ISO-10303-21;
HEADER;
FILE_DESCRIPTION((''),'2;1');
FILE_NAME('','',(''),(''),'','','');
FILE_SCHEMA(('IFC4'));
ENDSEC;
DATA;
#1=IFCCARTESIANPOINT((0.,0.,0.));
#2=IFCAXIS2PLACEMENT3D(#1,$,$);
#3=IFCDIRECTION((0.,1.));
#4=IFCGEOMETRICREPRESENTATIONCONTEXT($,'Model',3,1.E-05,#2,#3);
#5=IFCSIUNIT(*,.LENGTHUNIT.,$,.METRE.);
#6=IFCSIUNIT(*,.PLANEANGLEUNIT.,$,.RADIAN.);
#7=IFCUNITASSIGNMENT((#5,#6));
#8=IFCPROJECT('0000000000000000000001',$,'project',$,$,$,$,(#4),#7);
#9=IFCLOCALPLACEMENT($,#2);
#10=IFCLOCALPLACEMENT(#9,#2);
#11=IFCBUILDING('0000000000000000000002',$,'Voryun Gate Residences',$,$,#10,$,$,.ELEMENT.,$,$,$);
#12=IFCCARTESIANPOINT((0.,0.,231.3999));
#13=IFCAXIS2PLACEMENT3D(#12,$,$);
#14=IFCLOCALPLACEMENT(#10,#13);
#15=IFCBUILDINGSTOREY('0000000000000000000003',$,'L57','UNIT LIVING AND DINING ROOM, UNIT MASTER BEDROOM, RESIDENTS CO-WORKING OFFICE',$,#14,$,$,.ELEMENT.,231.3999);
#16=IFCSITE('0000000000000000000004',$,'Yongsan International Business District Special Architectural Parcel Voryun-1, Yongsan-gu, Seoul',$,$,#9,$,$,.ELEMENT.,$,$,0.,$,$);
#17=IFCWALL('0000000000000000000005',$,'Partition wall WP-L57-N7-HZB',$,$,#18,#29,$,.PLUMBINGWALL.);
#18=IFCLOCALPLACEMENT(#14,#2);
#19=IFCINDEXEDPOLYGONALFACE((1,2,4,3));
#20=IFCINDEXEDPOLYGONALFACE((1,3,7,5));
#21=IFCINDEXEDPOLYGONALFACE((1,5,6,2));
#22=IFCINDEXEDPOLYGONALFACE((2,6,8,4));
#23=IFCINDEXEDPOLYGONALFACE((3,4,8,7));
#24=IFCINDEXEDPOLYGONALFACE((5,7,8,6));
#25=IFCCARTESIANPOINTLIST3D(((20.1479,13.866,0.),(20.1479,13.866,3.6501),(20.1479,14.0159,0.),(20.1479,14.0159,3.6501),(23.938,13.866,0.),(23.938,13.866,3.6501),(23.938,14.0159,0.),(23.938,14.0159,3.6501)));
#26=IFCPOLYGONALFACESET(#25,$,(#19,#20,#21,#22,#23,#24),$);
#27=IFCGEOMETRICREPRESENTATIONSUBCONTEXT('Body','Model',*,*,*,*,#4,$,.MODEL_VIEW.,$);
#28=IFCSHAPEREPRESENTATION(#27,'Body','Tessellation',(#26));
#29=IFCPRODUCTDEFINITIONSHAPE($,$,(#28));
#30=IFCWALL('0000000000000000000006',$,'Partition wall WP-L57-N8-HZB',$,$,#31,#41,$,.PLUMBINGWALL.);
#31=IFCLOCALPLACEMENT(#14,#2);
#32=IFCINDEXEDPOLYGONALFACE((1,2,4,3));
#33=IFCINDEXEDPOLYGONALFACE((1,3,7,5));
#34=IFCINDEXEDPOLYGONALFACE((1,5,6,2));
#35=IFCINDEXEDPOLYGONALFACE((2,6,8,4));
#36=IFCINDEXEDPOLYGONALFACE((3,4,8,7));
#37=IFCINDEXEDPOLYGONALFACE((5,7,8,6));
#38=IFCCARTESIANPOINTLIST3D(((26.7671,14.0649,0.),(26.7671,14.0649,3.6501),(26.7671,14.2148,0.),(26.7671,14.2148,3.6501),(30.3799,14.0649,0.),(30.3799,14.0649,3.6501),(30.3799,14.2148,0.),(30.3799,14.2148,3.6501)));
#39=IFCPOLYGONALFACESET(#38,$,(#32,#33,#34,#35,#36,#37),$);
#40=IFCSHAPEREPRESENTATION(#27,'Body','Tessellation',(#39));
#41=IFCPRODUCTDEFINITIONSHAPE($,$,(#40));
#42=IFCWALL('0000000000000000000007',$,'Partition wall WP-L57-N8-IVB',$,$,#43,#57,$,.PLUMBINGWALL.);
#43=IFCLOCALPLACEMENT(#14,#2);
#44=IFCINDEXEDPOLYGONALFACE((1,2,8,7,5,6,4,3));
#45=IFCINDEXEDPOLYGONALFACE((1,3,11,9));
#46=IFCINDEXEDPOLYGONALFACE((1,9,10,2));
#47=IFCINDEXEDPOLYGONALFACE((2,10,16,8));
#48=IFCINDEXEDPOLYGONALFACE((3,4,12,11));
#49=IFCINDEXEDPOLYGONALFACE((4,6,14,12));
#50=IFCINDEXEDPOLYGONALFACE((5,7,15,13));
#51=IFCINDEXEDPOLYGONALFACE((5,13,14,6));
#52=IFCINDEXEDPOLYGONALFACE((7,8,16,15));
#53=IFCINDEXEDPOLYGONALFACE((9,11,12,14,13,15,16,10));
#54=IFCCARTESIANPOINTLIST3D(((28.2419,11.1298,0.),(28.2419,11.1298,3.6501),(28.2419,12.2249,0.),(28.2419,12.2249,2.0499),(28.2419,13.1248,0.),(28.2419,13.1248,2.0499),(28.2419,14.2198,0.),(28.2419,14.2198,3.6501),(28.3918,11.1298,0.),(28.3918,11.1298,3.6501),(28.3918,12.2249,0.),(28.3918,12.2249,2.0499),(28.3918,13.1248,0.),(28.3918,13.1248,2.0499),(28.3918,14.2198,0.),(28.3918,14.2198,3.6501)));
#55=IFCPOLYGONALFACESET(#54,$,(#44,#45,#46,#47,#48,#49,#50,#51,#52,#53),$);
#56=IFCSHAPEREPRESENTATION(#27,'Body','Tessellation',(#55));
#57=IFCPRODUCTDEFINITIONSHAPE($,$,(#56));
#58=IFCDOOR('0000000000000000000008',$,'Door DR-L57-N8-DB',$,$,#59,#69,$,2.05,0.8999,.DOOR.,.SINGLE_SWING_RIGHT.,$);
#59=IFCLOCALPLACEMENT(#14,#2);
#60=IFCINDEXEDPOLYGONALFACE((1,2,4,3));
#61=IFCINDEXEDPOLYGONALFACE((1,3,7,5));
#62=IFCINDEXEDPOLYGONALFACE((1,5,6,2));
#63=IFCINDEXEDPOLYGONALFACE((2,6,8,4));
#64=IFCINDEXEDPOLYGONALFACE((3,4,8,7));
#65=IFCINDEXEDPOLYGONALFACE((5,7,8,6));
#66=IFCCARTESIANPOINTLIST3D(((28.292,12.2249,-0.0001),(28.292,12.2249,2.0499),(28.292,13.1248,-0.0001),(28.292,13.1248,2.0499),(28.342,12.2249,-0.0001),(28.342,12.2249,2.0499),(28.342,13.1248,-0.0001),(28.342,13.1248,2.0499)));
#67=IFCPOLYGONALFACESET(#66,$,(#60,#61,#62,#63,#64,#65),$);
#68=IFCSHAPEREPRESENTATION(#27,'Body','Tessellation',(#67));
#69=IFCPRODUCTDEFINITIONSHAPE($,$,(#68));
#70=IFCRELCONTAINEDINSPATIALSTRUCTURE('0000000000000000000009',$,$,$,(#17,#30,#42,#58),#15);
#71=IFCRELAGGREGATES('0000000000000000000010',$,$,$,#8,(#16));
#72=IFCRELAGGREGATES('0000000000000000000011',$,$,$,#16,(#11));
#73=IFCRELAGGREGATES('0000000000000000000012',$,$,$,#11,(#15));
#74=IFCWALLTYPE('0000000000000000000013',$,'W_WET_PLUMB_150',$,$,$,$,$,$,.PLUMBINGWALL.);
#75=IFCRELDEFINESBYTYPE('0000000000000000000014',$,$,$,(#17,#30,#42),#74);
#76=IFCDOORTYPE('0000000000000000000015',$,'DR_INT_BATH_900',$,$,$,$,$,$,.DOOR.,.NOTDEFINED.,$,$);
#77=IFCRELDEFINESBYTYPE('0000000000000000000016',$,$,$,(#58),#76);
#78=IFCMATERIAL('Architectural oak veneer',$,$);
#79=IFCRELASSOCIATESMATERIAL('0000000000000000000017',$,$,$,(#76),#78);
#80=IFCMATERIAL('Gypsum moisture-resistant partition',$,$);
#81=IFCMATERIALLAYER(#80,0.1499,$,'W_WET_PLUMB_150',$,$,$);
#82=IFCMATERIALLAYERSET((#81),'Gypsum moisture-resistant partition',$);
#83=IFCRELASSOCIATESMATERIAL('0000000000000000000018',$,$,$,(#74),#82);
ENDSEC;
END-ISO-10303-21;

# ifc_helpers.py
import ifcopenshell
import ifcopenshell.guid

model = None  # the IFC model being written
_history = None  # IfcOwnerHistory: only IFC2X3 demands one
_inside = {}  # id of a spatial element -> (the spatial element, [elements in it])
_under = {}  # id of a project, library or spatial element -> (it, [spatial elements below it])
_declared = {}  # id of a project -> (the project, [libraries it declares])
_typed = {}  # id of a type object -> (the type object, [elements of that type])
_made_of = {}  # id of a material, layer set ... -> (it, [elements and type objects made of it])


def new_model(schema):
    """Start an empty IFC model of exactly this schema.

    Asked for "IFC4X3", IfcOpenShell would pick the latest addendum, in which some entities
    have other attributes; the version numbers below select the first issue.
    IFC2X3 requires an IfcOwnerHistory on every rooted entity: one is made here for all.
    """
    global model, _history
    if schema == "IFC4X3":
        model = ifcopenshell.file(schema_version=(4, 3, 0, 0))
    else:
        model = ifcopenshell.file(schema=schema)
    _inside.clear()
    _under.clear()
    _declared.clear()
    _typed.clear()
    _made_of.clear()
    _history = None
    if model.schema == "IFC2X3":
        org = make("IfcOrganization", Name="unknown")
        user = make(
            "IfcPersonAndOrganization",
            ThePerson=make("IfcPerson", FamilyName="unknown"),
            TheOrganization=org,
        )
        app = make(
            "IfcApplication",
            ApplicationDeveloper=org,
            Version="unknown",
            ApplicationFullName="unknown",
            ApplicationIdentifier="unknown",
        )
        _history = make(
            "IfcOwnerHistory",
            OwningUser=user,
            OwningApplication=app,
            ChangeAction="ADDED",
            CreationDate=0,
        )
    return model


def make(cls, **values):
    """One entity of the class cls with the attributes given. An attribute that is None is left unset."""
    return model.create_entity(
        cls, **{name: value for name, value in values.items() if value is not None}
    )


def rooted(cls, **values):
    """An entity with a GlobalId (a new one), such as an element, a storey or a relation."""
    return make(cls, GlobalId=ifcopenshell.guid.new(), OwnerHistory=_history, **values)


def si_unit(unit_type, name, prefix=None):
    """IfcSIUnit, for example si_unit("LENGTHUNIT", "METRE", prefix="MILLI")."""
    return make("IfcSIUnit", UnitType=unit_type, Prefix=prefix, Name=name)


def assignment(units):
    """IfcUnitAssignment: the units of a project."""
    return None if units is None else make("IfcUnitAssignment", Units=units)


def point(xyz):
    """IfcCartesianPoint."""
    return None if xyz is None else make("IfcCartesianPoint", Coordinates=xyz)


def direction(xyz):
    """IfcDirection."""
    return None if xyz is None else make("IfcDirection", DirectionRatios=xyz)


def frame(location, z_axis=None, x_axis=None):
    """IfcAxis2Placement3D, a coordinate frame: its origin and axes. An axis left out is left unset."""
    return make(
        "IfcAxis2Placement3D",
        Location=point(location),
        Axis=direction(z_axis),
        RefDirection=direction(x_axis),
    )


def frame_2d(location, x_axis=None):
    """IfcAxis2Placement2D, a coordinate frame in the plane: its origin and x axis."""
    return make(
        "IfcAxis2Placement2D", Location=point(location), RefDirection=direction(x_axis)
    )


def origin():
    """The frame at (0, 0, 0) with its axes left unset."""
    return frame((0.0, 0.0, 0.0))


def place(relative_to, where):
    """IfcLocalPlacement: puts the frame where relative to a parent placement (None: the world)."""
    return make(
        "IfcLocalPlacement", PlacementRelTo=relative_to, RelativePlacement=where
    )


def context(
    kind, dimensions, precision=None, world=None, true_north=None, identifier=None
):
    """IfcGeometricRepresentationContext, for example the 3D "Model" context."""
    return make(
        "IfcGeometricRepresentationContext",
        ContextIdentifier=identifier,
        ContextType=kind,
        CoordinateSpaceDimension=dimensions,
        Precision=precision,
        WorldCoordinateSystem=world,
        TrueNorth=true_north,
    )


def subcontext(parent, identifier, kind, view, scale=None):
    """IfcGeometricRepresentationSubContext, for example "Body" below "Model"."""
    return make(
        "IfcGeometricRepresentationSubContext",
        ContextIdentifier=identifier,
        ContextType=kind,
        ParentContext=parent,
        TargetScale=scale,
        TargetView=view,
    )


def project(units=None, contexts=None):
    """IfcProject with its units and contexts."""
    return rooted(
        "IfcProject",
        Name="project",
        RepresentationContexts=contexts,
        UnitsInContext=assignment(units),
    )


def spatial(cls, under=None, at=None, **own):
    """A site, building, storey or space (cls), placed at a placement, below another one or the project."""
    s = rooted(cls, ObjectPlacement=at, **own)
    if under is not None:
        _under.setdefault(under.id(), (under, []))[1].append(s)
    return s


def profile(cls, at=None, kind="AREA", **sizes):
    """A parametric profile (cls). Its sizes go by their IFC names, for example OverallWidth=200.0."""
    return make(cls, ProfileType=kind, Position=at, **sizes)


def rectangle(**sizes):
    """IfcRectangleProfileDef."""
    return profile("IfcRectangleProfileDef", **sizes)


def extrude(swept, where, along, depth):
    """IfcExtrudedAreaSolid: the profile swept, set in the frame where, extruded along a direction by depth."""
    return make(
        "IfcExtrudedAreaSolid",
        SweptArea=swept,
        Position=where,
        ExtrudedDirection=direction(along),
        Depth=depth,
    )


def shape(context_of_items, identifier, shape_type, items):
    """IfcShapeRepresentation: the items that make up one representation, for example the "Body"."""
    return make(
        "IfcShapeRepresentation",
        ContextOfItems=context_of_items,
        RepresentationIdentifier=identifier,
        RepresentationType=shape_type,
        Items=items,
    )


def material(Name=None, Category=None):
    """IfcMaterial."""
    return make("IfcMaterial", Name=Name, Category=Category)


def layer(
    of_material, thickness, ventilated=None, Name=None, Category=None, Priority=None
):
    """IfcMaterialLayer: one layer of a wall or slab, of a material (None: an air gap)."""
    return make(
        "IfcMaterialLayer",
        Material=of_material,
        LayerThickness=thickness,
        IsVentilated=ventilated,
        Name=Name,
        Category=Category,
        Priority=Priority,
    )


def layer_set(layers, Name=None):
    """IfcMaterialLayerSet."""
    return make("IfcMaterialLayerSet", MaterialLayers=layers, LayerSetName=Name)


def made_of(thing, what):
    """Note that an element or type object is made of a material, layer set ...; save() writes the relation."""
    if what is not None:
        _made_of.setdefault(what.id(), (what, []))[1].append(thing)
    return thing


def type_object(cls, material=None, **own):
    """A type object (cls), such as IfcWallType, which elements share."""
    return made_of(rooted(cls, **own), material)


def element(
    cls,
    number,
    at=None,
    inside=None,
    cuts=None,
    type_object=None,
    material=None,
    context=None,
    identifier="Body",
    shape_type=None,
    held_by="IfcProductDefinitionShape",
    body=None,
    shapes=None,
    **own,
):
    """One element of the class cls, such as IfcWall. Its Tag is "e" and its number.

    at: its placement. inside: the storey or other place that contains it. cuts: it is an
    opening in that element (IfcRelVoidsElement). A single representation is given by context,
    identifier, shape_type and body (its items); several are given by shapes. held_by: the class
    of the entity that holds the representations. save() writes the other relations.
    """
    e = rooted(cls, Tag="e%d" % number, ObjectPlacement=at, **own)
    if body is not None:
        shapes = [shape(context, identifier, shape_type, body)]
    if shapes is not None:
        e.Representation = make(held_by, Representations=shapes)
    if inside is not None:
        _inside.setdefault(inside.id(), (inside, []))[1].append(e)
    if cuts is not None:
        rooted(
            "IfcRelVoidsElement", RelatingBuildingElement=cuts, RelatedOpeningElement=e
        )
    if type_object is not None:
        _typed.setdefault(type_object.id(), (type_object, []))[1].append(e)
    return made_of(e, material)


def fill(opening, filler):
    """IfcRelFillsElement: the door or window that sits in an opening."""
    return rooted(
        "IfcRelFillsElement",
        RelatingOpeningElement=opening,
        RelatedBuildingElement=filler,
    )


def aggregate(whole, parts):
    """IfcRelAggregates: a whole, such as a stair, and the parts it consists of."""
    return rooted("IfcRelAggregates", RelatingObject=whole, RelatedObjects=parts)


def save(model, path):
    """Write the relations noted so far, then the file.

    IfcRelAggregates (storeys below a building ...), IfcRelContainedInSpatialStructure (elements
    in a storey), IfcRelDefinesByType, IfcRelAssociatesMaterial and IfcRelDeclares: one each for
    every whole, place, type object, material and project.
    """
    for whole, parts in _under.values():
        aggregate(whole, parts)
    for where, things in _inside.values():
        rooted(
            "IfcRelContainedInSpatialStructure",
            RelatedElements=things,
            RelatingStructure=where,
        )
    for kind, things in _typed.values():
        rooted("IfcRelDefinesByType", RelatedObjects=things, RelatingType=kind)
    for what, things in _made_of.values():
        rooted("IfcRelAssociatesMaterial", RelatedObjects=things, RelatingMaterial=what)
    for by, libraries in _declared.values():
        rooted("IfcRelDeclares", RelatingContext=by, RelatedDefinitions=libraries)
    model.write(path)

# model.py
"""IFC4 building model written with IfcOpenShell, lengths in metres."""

from ifc_helpers import new_model, si_unit, direction, frame, frame_2d, origin, place, context, subcontext, project, spatial, rectangle, extrude, material, layer, layer_set, type_object, element, fill, save


model = new_model("IFC4")

# Units and contexts
model_context = context("Model", 3, precision=1e-05, world=origin(), true_north=direction((0.0, 1.0)))
body_context = subcontext(model_context, "Body", "Model", "MODEL_VIEW")
ifc_project = project(units=[si_unit("LENGTHUNIT", "METRE"), si_unit("PLANEANGLEUNIT", "RADIAN")], contexts=[model_context])

# Site, building, storey
site_placement = place(None, origin())
site = spatial("IfcSite", under=ifc_project, at=site_placement, Name="Yongsan International Business District Special Architectural Parcel Voryun-1, Yongsan-gu, Seoul", CompositionType="ELEMENT", RefElevation=0.0)
building_placement = place(site_placement, origin())
building = spatial("IfcBuilding", under=site, at=building_placement, Name="Voryun Gate Residences", CompositionType="ELEMENT")
storey_placement = place(building_placement, frame((0.0, 0.0, 231.3999)))
storey = spatial("IfcBuildingStorey", under=building, at=storey_placement, Name="L57", Description="UNIT LIVING AND DINING ROOM, UNIT MASTER BEDROOM, RESIDENTS CO-WORKING OFFICE", CompositionType="ELEMENT", Elevation=231.3999)

# Shared definitions
ifc_material_1 = material(Name="Architectural oak veneer")
door_type = type_object("IfcDoorType", Name="DR_INT_BATH_900", OperationType="NOTDEFINED", PredefinedType="DOOR", material=ifc_material_1)

# Walls
ifc_material_2 = material(Name="Gypsum moisture-resistant partition")
ifc_layer_1 = layer(ifc_material_2, 0.1499, Name="W_WET_PLUMB_150")
ifc_layer_set_1 = layer_set([ifc_layer_1], Name="Gypsum moisture-resistant partition")
wall_type_1 = type_object("IfcWallType", Name="W_WET_PLUMB_150", PredefinedType="PLUMBINGWALL", material=ifc_layer_set_1)
wall_1_placement = place(storey_placement, frame((20.1479, 13.9409, 0.0), z_axis=(0.0, 0.0, 1.0), x_axis=(1.0, 0.0, 0.0)))
element("IfcWall", 1, at=wall_1_placement, inside=storey, type_object=wall_type_1, Name="Partition wall WP-L57-N7-HZB", PredefinedType="PLUMBINGWALL", context=body_context, shape_type="SweptSolid", body=[
    extrude(rectangle(XDim=3.79, YDim=0.1499, at=frame_2d((1.895, 0.0))), origin(), (0.0, 0.0, 1.0), 3.6501),
])
wall_2_placement = place(storey_placement, frame((26.7671, 14.1399, 0.0), z_axis=(0.0, 0.0, 1.0), x_axis=(1.0, 0.0, 0.0)))
element("IfcWall", 2, at=wall_2_placement, inside=storey, type_object=wall_type_1, Name="Partition wall WP-L57-N8-HZB", PredefinedType="PLUMBINGWALL", context=body_context, shape_type="SweptSolid", body=[
    extrude(rectangle(XDim=3.6128, YDim=0.1499, at=frame_2d((1.8064, 0.0))), origin(), (0.0, 0.0, 1.0), 3.6501),
])

# Wall, opening, door
wall_3_placement = place(storey_placement, frame((28.3169, 11.1299, 0.0), z_axis=(0.0, 0.0, 1.0), x_axis=(0.0, 1.0, 0.0)))
wall_3 = element("IfcWall", 3, at=wall_3_placement, inside=storey, type_object=wall_type_1, Name="Partition wall WP-L57-N8-IVB", PredefinedType="PLUMBINGWALL", context=body_context, shape_type="SweptSolid", body=[
    extrude(rectangle(XDim=3.0901, YDim=0.1499, at=frame_2d((1.5449, 0.0))), origin(), (0.0, 0.0, 1.0), 3.6501),
])
opening_1_placement = place(wall_3_placement, frame((1.095, 0.0, 0.0)))
opening_1 = element("IfcOpeningElement", 4, at=opening_1_placement, cuts=wall_3, PredefinedType="OPENING", context=body_context, shape_type="SweptSolid", body=[
    extrude(rectangle(XDim=0.8999, YDim=2.05, at=frame_2d((0.45, 1.0249))), frame((0.0, 0.085, 0.0), z_axis=(0.0, -1.0, 0.0), x_axis=(1.0, 0.0, 0.0)), (0.0, 0.0, 1.0), 0.1699),
])
door_1_placement = place(opening_1_placement, origin())
door_1 = element("IfcDoor", 5, at=door_1_placement, inside=storey, type_object=door_type, Name="Door DR-L57-N8-DB", OperationType="SINGLE_SWING_RIGHT", OverallHeight=2.05, OverallWidth=0.8999, PredefinedType="DOOR", context=body_context, shape_type="SweptSolid", body=[
    extrude(rectangle(XDim=0.8999, YDim=2.05, at=frame_2d((0.45, 1.0249))), frame((0.0, 0.0249, 0.0), z_axis=(0.0, -1.0, 0.0), x_axis=(1.0, 0.0, 0.0)), (0.0, 0.0, 1.0), 0.05),
])
fill(opening_1, door_1)

save(model, "model.ifc")
